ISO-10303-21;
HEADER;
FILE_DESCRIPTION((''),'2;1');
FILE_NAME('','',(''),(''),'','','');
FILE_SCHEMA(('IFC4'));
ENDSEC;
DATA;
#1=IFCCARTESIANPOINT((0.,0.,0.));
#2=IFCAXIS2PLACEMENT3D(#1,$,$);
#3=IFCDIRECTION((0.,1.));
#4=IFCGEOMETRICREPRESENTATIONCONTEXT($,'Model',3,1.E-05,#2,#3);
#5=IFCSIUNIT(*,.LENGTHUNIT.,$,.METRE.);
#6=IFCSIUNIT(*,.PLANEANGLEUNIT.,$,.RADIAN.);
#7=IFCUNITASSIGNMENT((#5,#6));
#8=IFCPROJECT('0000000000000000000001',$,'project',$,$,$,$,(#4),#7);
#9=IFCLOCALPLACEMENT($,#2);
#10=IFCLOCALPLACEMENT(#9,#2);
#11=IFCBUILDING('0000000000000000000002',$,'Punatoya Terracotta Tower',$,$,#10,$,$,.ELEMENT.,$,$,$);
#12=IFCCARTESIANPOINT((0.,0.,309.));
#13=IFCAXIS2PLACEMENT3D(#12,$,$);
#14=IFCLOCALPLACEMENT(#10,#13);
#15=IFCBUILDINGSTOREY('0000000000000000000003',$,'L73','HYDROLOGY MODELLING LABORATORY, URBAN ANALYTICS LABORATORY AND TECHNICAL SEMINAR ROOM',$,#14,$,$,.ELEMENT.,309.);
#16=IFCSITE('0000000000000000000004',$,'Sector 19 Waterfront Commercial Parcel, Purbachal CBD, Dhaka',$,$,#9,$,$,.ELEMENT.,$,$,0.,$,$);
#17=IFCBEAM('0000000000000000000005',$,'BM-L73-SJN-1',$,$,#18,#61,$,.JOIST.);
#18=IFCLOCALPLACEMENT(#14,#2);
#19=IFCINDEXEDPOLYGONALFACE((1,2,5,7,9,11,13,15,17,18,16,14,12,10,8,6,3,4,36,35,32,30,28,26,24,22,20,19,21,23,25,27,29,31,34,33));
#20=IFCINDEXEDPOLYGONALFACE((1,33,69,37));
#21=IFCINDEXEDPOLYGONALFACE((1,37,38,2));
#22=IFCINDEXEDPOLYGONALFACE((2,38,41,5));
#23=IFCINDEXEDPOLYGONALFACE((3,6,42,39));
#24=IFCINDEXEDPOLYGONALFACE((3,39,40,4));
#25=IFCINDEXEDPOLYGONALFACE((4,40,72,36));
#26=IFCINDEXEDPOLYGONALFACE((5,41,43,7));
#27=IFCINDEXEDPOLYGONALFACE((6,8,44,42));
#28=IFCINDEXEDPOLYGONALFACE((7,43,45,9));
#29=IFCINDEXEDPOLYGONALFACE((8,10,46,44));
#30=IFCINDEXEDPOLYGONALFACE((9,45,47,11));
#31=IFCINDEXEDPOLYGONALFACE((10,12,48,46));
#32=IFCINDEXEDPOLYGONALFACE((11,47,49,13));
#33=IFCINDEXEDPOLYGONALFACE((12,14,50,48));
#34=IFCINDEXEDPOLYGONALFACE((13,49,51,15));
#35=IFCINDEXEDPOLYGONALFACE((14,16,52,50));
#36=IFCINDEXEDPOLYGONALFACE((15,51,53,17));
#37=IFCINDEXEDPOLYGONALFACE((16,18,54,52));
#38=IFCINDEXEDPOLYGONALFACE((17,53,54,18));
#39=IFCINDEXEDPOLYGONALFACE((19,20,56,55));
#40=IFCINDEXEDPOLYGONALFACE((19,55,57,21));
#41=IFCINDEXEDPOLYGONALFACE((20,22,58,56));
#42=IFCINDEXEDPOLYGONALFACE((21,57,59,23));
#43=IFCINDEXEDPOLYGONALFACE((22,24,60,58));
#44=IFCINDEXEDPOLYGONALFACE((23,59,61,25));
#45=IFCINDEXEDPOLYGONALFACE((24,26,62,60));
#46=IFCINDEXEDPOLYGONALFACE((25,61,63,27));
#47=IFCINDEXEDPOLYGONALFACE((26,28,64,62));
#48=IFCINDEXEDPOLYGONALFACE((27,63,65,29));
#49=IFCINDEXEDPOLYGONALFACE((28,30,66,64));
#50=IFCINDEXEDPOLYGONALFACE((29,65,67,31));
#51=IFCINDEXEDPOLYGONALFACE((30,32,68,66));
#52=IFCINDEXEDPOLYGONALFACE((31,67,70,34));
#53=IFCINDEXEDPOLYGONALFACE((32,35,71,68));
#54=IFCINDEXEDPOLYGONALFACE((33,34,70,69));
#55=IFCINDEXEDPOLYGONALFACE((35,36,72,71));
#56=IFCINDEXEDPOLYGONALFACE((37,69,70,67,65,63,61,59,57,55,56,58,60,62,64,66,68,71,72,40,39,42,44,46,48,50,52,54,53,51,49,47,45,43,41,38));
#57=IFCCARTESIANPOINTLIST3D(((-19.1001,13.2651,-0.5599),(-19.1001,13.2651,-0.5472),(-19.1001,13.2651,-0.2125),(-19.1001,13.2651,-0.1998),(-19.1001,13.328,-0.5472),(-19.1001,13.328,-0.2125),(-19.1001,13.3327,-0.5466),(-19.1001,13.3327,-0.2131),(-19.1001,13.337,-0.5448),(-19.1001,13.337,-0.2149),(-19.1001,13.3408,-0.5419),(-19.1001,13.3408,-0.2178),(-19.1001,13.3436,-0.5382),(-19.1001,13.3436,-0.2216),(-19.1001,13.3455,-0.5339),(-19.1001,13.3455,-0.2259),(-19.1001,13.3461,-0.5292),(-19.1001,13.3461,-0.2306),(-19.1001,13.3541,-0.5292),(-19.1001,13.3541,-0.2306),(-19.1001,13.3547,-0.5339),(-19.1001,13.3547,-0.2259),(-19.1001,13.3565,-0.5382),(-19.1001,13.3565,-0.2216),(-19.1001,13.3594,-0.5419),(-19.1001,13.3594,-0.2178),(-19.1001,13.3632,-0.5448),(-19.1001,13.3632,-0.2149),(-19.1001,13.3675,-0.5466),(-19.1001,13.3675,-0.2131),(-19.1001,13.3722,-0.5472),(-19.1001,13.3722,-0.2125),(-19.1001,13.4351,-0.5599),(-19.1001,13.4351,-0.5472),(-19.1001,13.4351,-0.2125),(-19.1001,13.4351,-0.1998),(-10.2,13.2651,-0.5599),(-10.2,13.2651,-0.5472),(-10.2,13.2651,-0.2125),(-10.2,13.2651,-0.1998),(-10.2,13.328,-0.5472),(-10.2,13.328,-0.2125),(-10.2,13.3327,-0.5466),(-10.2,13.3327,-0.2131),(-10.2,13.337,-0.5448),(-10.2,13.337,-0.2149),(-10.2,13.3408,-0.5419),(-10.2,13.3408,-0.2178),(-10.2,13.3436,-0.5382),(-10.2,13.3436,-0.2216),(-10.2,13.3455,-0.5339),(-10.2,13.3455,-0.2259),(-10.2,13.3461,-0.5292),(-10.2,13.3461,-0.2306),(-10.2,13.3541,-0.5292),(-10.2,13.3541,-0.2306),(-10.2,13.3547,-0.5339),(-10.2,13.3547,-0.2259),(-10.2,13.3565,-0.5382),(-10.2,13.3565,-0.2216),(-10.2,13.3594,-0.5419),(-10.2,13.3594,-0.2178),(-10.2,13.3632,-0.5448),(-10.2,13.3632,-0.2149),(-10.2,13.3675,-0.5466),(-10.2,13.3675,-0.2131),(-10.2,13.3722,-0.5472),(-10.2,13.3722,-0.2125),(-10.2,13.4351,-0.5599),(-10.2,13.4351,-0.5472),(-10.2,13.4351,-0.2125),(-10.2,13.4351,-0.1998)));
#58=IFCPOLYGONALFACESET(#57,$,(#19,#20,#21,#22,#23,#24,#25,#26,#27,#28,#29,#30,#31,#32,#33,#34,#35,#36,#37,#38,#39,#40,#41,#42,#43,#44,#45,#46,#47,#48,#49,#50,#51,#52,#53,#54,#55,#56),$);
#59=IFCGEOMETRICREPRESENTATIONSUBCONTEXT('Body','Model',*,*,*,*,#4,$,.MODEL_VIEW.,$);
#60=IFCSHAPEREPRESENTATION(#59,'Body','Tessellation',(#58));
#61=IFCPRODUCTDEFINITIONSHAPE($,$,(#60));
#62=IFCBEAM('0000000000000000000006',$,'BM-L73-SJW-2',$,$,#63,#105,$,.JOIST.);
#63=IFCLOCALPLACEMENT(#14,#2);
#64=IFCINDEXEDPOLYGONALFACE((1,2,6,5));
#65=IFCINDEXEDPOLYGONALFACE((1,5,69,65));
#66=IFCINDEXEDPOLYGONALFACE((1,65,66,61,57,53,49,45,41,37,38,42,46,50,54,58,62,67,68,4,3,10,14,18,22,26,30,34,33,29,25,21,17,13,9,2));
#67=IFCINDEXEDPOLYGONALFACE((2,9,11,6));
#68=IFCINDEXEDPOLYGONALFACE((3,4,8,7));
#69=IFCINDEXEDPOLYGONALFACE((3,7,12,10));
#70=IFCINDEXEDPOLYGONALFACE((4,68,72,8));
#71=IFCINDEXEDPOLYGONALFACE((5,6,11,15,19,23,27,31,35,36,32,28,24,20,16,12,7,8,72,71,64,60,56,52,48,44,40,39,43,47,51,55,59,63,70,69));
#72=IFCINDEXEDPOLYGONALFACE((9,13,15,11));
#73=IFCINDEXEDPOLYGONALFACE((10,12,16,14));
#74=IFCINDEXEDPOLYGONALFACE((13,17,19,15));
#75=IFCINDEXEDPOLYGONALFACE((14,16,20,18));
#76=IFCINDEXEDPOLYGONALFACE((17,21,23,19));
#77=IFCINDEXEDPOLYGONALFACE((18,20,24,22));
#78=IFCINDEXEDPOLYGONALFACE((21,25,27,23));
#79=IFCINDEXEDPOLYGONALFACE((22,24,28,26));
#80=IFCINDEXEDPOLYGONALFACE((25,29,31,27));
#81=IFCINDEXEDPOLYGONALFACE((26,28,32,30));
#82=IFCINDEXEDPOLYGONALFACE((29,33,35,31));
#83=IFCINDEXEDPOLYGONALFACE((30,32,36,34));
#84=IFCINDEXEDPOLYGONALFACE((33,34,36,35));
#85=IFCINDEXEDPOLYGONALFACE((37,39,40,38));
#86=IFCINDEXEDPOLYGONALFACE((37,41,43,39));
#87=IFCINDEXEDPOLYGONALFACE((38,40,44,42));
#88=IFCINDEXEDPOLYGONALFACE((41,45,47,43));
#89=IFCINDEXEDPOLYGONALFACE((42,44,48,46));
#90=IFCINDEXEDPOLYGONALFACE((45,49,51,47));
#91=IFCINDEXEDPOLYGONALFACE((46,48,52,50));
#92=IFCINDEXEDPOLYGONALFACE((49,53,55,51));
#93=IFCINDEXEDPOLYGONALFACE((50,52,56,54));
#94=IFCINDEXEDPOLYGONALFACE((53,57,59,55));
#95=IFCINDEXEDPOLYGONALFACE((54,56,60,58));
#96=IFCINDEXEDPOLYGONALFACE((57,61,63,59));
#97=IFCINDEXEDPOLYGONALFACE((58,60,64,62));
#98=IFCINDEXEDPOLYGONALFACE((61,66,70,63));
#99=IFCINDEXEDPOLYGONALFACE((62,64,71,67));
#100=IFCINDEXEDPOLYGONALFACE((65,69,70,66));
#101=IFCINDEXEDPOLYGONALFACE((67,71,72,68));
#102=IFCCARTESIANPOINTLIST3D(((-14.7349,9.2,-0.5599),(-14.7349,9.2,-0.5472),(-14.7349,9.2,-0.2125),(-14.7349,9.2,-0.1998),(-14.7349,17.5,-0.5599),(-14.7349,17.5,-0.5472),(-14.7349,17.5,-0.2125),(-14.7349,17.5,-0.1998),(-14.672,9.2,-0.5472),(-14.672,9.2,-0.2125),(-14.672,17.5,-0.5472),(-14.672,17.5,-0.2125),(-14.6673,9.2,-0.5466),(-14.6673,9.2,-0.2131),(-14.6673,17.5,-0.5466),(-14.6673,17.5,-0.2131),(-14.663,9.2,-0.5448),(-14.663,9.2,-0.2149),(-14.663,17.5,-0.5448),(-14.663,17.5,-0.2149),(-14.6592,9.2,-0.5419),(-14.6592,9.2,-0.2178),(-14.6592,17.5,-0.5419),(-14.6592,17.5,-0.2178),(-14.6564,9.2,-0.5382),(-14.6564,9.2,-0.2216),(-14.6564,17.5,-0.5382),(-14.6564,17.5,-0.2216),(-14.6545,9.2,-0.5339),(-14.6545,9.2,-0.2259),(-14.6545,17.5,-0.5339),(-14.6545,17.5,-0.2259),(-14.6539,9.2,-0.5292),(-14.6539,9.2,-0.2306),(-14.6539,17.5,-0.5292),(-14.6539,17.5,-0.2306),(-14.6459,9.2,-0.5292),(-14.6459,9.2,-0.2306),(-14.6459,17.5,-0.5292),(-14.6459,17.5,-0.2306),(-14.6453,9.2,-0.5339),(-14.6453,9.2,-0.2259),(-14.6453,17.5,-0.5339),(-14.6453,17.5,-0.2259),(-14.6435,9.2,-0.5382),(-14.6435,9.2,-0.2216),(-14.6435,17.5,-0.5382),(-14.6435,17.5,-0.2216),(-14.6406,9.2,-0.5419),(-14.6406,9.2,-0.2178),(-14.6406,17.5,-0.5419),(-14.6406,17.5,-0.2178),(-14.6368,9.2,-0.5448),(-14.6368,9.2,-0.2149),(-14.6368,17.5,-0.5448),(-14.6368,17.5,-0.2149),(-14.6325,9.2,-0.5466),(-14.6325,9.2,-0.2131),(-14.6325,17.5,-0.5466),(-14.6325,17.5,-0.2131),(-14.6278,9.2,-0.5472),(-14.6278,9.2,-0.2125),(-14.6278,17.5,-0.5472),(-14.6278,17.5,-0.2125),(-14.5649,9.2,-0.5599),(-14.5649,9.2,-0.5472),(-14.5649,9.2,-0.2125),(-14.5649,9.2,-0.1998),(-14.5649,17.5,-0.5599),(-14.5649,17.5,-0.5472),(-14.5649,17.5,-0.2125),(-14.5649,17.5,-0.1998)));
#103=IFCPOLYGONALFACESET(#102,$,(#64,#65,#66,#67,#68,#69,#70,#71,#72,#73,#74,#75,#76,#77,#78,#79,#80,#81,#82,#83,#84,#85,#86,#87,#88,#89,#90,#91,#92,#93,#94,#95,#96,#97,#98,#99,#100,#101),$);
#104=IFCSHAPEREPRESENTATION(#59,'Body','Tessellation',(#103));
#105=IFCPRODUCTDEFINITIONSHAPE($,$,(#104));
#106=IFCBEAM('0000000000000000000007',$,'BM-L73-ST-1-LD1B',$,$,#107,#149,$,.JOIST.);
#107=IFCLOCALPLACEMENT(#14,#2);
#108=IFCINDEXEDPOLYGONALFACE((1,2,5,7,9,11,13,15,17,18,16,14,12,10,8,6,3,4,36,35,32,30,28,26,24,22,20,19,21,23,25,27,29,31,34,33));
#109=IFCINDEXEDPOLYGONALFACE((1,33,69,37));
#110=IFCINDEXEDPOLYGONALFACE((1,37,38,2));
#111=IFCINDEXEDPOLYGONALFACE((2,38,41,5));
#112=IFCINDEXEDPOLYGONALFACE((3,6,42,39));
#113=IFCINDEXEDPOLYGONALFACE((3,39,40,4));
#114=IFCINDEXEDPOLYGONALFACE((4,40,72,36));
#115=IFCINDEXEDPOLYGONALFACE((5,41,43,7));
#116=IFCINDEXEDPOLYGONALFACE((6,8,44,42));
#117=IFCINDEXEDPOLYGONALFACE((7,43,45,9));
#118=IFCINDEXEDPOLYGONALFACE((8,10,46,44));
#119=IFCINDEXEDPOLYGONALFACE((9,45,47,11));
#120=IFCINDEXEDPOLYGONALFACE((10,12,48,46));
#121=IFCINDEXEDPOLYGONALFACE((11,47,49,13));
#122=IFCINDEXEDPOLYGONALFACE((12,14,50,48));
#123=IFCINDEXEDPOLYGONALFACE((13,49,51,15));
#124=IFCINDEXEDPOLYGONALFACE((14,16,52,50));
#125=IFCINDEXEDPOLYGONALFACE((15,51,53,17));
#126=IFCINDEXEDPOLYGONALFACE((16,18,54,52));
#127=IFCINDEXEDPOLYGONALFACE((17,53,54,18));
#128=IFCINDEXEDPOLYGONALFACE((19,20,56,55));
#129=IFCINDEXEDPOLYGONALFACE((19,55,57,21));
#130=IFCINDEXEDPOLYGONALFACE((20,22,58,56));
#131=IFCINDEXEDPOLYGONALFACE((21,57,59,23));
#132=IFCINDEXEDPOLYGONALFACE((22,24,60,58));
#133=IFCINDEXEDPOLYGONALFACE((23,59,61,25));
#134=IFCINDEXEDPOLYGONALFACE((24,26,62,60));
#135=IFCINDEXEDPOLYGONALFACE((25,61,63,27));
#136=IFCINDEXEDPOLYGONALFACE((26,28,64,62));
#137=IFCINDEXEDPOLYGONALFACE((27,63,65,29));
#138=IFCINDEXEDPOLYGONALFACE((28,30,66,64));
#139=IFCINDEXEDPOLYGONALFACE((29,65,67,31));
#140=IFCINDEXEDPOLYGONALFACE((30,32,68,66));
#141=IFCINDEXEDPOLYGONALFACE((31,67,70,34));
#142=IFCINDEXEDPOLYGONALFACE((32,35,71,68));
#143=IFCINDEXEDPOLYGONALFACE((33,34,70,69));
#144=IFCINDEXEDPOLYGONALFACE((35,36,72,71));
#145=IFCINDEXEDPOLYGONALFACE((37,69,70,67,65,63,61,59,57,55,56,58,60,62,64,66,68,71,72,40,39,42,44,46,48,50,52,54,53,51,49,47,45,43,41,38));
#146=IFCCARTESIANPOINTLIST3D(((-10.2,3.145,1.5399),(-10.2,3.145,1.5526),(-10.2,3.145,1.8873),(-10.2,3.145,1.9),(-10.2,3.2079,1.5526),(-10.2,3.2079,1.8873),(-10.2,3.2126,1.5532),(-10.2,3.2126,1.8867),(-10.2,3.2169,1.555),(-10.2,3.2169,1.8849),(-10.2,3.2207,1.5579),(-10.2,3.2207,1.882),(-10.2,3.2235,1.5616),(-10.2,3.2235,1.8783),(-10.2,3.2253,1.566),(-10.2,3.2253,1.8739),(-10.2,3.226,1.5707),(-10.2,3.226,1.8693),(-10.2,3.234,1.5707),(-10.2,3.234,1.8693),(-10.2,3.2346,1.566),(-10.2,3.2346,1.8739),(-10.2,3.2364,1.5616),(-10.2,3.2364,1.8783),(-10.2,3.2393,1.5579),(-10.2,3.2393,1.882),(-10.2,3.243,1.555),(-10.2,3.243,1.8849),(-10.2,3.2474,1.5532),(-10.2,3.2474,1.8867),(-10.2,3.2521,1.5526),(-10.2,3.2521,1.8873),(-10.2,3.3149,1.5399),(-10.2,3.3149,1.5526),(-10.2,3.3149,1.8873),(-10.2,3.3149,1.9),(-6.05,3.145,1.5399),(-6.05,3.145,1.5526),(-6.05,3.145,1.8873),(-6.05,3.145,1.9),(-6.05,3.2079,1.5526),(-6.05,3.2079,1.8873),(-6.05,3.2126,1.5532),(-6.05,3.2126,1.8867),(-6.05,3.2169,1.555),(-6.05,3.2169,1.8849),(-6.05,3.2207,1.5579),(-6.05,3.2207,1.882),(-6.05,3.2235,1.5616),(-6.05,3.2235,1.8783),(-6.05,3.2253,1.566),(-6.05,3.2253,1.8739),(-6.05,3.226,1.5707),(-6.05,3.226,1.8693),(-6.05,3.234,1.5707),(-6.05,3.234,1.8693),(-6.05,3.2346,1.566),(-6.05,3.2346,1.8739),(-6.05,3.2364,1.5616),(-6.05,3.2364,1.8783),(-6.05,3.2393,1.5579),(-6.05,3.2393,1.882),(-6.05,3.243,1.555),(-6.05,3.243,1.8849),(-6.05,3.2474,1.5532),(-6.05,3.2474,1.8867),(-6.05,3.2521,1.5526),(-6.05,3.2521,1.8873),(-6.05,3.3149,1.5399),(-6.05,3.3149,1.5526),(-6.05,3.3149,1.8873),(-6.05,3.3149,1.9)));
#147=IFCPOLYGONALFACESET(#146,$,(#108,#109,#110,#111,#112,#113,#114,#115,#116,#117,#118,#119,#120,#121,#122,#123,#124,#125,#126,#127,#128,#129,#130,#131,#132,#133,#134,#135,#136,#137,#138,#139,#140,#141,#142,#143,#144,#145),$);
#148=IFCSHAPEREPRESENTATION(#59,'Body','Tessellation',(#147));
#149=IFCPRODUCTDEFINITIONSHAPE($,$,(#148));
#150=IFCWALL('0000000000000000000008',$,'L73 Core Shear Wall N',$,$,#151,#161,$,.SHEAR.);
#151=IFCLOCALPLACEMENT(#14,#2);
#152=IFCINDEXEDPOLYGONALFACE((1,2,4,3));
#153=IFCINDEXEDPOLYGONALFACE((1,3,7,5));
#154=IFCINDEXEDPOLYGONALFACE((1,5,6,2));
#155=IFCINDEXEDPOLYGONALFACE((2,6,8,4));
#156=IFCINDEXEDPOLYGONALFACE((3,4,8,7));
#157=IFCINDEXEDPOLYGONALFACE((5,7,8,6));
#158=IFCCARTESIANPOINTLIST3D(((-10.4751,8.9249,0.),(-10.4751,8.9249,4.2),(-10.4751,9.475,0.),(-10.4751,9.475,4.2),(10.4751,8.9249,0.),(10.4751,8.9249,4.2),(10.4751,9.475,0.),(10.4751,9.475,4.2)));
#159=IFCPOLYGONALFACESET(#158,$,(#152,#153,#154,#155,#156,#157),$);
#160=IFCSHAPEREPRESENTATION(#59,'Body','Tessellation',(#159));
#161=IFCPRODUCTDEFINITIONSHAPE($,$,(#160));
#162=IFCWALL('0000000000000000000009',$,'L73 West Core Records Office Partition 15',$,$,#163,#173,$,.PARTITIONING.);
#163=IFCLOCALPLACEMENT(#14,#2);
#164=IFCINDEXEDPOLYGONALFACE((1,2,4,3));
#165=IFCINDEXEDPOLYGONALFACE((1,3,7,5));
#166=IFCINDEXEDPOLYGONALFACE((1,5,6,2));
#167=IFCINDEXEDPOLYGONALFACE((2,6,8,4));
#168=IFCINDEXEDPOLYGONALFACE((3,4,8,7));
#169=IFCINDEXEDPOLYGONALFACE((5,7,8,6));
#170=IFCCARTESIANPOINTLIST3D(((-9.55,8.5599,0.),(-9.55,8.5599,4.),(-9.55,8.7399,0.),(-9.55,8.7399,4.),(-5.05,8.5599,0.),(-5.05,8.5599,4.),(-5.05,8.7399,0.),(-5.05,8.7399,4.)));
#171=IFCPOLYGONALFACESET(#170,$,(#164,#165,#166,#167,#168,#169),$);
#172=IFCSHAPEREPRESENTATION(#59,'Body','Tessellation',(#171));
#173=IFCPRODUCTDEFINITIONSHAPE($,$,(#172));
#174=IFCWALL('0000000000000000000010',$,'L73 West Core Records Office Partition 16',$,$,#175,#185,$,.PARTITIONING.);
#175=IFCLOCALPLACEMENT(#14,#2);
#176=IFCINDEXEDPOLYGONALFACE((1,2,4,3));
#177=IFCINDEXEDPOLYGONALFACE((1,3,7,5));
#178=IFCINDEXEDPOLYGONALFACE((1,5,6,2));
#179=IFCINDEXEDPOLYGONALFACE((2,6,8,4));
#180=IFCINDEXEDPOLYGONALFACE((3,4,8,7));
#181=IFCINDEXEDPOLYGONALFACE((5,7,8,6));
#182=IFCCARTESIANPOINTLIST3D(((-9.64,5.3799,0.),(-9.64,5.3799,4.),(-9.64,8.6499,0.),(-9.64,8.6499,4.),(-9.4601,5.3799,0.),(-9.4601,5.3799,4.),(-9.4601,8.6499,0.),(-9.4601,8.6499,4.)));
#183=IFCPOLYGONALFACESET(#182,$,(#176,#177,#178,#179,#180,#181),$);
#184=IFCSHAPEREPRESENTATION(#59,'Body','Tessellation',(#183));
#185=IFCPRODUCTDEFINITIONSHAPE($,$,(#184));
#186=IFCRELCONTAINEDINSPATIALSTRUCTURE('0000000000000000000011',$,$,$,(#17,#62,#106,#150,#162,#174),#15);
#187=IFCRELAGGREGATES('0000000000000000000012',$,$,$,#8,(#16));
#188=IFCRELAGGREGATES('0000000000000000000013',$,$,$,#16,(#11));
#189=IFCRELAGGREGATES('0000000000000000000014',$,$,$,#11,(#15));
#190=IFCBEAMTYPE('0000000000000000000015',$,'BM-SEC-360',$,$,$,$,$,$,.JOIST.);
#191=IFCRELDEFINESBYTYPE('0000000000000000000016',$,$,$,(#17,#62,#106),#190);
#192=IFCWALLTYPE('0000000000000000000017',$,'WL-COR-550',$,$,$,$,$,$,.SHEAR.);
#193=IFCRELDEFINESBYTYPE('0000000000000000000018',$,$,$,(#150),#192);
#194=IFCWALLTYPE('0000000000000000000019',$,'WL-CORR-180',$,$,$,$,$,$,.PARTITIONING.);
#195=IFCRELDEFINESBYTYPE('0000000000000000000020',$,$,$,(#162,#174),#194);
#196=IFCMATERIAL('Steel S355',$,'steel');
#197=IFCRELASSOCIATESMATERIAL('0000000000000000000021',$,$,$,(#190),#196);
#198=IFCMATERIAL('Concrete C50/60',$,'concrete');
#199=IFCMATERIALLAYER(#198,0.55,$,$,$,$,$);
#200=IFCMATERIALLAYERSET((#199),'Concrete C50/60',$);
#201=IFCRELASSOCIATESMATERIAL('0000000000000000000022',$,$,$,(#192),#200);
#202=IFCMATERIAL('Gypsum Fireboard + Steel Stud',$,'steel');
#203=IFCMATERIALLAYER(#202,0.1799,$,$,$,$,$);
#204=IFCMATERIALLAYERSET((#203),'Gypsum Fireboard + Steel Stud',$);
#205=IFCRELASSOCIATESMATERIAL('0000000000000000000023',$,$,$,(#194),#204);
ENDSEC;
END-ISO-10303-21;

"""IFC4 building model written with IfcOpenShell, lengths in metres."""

from ifc_helpers import new_model, si_unit, direction, frame, frame_2d, origin, origin_2d, place, context, subcontext, project, spatial, rectangle, i_section, extrude, material, layer, layer_set, material_profile, profile_set, type_object, element, save


model = new_model("IFC4")

# Units and contexts
model_context = context("Model", 3, precision=1e-05, world=origin(), true_north=direction((0.0, 1.0)))
body_context = subcontext(model_context, "Body", "Model", "MODEL_VIEW")
ifc_project = project(units=[si_unit("LENGTHUNIT", "METRE"), si_unit("PLANEANGLEUNIT", "RADIAN")], contexts=[model_context])

# Site, building, storey
site_placement = place(None, origin())
site = spatial("IfcSite", under=ifc_project, at=site_placement, Name="Sector 19 Waterfront Commercial Parcel, Purbachal CBD, Dhaka", CompositionType="ELEMENT", RefElevation=0.0)
building_placement = place(site_placement, origin())
building = spatial("IfcBuilding", under=site, at=building_placement, Name="Punatoya Terracotta Tower", CompositionType="ELEMENT")
storey_placement = place(building_placement, frame((0.0, 0.0, 309.0)))
storey = spatial("IfcBuildingStorey", under=building, at=storey_placement, Name="L73", Description="HYDROLOGY MODELLING LABORATORY, URBAN ANALYTICS LABORATORY AND TECHNICAL SEMINAR ROOM", CompositionType="ELEMENT", Elevation=309.0)

# Beams
ifc_material_1 = material(Name="Steel S355", Category="steel")
ifc_material_2 = material(Name="Concrete C50/60", Category="concrete")
ifc_material_profile_1 = material_profile(ifc_material_1, i_section(OverallWidth=0.1699, OverallDepth=0.3601, WebThickness=0.0081, FlangeThickness=0.0127, FilletRadius=0.0181, at=origin_2d()))
ifc_profile_set_1 = profile_set([ifc_material_profile_1], Name="Steel S355")
beam_type_1 = type_object("IfcBeamType", Name="BM-SEC-360", PredefinedType="JOIST", material=ifc_profile_set_1)
beam_1_placement = place(storey_placement, frame((-19.1001, 13.3501, -0.3799), z_axis=(1.0, 0.0, 0.0), x_axis=(0.0, 1.0, 0.0)))
element("IfcBeam", 1, at=beam_1_placement, inside=storey, type_object=beam_type_1, Name="BM-L73-SJN-1", PredefinedType="JOIST", context=body_context, shape_type="SweptSolid", body=[
    extrude(i_section(OverallWidth=0.1699, OverallDepth=0.3601, WebThickness=0.0081, FlangeThickness=0.0127, FilletRadius=0.0181, at=origin_2d()), origin(), (0.0, 0.0, 1.0), 8.9001),
])
beam_2_placement = place(storey_placement, frame((-14.6499, 9.2, -0.3799), z_axis=(0.0, 1.0, 0.0), x_axis=(-1.0, 0.0, 0.0)))
element("IfcBeam", 2, at=beam_2_placement, inside=storey, type_object=beam_type_1, Name="BM-L73-SJW-2", PredefinedType="JOIST", context=body_context, shape_type="SweptSolid", body=[
    extrude(i_section(OverallWidth=0.1699, OverallDepth=0.3601, WebThickness=0.0081, FlangeThickness=0.0127, FilletRadius=0.0181, at=origin_2d()), origin(), (0.0, 0.0, 1.0), 8.3),
])
beam_3_placement = place(storey_placement, frame((-10.2, 3.23, 1.72), z_axis=(1.0, 0.0, 0.0), x_axis=(0.0, 1.0, 0.0)))
element("IfcBeam", 3, at=beam_3_placement, inside=storey, type_object=beam_type_1, Name="BM-L73-ST-1-LD1B", PredefinedType="JOIST", context=body_context, shape_type="SweptSolid", body=[
    extrude(i_section(OverallWidth=0.1699, OverallDepth=0.3601, WebThickness=0.0081, FlangeThickness=0.0127, FilletRadius=0.0181, at=origin_2d()), origin(), (0.0, 0.0, 1.0), 4.1499),
])

# Walls
ifc_layer_1 = layer(ifc_material_2, 0.55)
ifc_layer_set_1 = layer_set([ifc_layer_1], Name="Concrete C50/60")
wall_type_1 = type_object("IfcWallType", Name="WL-COR-550", PredefinedType="SHEAR", material=ifc_layer_set_1)
wall_1_placement = place(storey_placement, frame((-10.4751, 9.2, 0.0), z_axis=(0.0, 0.0, 1.0), x_axis=(1.0, 0.0, 0.0)))
element("IfcWall", 4, at=wall_1_placement, inside=storey, type_object=wall_type_1, Name="L73 Core Shear Wall N", PredefinedType="SHEAR", context=body_context, shape_type="SweptSolid", body=[
    extrude(rectangle(XDim=20.9502, YDim=0.55, at=frame_2d((10.4751, 0.0))), origin(), (0.0, 0.0, 1.0), 4.2),
])
ifc_material_3 = material(Name="Gypsum Fireboard + Steel Stud", Category="steel")
ifc_layer_2 = layer(ifc_material_3, 0.1799)
ifc_layer_set_2 = layer_set([ifc_layer_2], Name="Gypsum Fireboard + Steel Stud")
wall_type_2 = type_object("IfcWallType", Name="WL-CORR-180", PredefinedType="PARTITIONING", material=ifc_layer_set_2)
wall_2_placement = place(storey_placement, frame((-5.05, 8.6499, 0.0), z_axis=(0.0, 0.0, 1.0), x_axis=(-1.0, 0.0, 0.0)))
element("IfcWall", 5, at=wall_2_placement, inside=storey, type_object=wall_type_2, Name="L73 West Core Records Office Partition 15", PredefinedType="PARTITIONING", context=body_context, shape_type="SweptSolid", body=[
    extrude(rectangle(XDim=4.5, YDim=0.1799, at=frame_2d((2.25, 0.0))), origin(), (0.0, 0.0, 1.0), 4.0),
])
wall_3_placement = place(storey_placement, frame((-9.55, 8.6499, 0.0), z_axis=(0.0, 0.0, 1.0), x_axis=(0.0, -1.0, 0.0)))
element("IfcWall", 6, at=wall_3_placement, inside=storey, type_object=wall_type_2, Name="L73 West Core Records Office Partition 16", PredefinedType="PARTITIONING", context=body_context, shape_type="SweptSolid", body=[
    extrude(rectangle(XDim=3.27, YDim=0.1799, at=frame_2d((1.635, 0.0))), origin(), (0.0, 0.0, 1.0), 4.0),
])

save(model, "model.ifc")
